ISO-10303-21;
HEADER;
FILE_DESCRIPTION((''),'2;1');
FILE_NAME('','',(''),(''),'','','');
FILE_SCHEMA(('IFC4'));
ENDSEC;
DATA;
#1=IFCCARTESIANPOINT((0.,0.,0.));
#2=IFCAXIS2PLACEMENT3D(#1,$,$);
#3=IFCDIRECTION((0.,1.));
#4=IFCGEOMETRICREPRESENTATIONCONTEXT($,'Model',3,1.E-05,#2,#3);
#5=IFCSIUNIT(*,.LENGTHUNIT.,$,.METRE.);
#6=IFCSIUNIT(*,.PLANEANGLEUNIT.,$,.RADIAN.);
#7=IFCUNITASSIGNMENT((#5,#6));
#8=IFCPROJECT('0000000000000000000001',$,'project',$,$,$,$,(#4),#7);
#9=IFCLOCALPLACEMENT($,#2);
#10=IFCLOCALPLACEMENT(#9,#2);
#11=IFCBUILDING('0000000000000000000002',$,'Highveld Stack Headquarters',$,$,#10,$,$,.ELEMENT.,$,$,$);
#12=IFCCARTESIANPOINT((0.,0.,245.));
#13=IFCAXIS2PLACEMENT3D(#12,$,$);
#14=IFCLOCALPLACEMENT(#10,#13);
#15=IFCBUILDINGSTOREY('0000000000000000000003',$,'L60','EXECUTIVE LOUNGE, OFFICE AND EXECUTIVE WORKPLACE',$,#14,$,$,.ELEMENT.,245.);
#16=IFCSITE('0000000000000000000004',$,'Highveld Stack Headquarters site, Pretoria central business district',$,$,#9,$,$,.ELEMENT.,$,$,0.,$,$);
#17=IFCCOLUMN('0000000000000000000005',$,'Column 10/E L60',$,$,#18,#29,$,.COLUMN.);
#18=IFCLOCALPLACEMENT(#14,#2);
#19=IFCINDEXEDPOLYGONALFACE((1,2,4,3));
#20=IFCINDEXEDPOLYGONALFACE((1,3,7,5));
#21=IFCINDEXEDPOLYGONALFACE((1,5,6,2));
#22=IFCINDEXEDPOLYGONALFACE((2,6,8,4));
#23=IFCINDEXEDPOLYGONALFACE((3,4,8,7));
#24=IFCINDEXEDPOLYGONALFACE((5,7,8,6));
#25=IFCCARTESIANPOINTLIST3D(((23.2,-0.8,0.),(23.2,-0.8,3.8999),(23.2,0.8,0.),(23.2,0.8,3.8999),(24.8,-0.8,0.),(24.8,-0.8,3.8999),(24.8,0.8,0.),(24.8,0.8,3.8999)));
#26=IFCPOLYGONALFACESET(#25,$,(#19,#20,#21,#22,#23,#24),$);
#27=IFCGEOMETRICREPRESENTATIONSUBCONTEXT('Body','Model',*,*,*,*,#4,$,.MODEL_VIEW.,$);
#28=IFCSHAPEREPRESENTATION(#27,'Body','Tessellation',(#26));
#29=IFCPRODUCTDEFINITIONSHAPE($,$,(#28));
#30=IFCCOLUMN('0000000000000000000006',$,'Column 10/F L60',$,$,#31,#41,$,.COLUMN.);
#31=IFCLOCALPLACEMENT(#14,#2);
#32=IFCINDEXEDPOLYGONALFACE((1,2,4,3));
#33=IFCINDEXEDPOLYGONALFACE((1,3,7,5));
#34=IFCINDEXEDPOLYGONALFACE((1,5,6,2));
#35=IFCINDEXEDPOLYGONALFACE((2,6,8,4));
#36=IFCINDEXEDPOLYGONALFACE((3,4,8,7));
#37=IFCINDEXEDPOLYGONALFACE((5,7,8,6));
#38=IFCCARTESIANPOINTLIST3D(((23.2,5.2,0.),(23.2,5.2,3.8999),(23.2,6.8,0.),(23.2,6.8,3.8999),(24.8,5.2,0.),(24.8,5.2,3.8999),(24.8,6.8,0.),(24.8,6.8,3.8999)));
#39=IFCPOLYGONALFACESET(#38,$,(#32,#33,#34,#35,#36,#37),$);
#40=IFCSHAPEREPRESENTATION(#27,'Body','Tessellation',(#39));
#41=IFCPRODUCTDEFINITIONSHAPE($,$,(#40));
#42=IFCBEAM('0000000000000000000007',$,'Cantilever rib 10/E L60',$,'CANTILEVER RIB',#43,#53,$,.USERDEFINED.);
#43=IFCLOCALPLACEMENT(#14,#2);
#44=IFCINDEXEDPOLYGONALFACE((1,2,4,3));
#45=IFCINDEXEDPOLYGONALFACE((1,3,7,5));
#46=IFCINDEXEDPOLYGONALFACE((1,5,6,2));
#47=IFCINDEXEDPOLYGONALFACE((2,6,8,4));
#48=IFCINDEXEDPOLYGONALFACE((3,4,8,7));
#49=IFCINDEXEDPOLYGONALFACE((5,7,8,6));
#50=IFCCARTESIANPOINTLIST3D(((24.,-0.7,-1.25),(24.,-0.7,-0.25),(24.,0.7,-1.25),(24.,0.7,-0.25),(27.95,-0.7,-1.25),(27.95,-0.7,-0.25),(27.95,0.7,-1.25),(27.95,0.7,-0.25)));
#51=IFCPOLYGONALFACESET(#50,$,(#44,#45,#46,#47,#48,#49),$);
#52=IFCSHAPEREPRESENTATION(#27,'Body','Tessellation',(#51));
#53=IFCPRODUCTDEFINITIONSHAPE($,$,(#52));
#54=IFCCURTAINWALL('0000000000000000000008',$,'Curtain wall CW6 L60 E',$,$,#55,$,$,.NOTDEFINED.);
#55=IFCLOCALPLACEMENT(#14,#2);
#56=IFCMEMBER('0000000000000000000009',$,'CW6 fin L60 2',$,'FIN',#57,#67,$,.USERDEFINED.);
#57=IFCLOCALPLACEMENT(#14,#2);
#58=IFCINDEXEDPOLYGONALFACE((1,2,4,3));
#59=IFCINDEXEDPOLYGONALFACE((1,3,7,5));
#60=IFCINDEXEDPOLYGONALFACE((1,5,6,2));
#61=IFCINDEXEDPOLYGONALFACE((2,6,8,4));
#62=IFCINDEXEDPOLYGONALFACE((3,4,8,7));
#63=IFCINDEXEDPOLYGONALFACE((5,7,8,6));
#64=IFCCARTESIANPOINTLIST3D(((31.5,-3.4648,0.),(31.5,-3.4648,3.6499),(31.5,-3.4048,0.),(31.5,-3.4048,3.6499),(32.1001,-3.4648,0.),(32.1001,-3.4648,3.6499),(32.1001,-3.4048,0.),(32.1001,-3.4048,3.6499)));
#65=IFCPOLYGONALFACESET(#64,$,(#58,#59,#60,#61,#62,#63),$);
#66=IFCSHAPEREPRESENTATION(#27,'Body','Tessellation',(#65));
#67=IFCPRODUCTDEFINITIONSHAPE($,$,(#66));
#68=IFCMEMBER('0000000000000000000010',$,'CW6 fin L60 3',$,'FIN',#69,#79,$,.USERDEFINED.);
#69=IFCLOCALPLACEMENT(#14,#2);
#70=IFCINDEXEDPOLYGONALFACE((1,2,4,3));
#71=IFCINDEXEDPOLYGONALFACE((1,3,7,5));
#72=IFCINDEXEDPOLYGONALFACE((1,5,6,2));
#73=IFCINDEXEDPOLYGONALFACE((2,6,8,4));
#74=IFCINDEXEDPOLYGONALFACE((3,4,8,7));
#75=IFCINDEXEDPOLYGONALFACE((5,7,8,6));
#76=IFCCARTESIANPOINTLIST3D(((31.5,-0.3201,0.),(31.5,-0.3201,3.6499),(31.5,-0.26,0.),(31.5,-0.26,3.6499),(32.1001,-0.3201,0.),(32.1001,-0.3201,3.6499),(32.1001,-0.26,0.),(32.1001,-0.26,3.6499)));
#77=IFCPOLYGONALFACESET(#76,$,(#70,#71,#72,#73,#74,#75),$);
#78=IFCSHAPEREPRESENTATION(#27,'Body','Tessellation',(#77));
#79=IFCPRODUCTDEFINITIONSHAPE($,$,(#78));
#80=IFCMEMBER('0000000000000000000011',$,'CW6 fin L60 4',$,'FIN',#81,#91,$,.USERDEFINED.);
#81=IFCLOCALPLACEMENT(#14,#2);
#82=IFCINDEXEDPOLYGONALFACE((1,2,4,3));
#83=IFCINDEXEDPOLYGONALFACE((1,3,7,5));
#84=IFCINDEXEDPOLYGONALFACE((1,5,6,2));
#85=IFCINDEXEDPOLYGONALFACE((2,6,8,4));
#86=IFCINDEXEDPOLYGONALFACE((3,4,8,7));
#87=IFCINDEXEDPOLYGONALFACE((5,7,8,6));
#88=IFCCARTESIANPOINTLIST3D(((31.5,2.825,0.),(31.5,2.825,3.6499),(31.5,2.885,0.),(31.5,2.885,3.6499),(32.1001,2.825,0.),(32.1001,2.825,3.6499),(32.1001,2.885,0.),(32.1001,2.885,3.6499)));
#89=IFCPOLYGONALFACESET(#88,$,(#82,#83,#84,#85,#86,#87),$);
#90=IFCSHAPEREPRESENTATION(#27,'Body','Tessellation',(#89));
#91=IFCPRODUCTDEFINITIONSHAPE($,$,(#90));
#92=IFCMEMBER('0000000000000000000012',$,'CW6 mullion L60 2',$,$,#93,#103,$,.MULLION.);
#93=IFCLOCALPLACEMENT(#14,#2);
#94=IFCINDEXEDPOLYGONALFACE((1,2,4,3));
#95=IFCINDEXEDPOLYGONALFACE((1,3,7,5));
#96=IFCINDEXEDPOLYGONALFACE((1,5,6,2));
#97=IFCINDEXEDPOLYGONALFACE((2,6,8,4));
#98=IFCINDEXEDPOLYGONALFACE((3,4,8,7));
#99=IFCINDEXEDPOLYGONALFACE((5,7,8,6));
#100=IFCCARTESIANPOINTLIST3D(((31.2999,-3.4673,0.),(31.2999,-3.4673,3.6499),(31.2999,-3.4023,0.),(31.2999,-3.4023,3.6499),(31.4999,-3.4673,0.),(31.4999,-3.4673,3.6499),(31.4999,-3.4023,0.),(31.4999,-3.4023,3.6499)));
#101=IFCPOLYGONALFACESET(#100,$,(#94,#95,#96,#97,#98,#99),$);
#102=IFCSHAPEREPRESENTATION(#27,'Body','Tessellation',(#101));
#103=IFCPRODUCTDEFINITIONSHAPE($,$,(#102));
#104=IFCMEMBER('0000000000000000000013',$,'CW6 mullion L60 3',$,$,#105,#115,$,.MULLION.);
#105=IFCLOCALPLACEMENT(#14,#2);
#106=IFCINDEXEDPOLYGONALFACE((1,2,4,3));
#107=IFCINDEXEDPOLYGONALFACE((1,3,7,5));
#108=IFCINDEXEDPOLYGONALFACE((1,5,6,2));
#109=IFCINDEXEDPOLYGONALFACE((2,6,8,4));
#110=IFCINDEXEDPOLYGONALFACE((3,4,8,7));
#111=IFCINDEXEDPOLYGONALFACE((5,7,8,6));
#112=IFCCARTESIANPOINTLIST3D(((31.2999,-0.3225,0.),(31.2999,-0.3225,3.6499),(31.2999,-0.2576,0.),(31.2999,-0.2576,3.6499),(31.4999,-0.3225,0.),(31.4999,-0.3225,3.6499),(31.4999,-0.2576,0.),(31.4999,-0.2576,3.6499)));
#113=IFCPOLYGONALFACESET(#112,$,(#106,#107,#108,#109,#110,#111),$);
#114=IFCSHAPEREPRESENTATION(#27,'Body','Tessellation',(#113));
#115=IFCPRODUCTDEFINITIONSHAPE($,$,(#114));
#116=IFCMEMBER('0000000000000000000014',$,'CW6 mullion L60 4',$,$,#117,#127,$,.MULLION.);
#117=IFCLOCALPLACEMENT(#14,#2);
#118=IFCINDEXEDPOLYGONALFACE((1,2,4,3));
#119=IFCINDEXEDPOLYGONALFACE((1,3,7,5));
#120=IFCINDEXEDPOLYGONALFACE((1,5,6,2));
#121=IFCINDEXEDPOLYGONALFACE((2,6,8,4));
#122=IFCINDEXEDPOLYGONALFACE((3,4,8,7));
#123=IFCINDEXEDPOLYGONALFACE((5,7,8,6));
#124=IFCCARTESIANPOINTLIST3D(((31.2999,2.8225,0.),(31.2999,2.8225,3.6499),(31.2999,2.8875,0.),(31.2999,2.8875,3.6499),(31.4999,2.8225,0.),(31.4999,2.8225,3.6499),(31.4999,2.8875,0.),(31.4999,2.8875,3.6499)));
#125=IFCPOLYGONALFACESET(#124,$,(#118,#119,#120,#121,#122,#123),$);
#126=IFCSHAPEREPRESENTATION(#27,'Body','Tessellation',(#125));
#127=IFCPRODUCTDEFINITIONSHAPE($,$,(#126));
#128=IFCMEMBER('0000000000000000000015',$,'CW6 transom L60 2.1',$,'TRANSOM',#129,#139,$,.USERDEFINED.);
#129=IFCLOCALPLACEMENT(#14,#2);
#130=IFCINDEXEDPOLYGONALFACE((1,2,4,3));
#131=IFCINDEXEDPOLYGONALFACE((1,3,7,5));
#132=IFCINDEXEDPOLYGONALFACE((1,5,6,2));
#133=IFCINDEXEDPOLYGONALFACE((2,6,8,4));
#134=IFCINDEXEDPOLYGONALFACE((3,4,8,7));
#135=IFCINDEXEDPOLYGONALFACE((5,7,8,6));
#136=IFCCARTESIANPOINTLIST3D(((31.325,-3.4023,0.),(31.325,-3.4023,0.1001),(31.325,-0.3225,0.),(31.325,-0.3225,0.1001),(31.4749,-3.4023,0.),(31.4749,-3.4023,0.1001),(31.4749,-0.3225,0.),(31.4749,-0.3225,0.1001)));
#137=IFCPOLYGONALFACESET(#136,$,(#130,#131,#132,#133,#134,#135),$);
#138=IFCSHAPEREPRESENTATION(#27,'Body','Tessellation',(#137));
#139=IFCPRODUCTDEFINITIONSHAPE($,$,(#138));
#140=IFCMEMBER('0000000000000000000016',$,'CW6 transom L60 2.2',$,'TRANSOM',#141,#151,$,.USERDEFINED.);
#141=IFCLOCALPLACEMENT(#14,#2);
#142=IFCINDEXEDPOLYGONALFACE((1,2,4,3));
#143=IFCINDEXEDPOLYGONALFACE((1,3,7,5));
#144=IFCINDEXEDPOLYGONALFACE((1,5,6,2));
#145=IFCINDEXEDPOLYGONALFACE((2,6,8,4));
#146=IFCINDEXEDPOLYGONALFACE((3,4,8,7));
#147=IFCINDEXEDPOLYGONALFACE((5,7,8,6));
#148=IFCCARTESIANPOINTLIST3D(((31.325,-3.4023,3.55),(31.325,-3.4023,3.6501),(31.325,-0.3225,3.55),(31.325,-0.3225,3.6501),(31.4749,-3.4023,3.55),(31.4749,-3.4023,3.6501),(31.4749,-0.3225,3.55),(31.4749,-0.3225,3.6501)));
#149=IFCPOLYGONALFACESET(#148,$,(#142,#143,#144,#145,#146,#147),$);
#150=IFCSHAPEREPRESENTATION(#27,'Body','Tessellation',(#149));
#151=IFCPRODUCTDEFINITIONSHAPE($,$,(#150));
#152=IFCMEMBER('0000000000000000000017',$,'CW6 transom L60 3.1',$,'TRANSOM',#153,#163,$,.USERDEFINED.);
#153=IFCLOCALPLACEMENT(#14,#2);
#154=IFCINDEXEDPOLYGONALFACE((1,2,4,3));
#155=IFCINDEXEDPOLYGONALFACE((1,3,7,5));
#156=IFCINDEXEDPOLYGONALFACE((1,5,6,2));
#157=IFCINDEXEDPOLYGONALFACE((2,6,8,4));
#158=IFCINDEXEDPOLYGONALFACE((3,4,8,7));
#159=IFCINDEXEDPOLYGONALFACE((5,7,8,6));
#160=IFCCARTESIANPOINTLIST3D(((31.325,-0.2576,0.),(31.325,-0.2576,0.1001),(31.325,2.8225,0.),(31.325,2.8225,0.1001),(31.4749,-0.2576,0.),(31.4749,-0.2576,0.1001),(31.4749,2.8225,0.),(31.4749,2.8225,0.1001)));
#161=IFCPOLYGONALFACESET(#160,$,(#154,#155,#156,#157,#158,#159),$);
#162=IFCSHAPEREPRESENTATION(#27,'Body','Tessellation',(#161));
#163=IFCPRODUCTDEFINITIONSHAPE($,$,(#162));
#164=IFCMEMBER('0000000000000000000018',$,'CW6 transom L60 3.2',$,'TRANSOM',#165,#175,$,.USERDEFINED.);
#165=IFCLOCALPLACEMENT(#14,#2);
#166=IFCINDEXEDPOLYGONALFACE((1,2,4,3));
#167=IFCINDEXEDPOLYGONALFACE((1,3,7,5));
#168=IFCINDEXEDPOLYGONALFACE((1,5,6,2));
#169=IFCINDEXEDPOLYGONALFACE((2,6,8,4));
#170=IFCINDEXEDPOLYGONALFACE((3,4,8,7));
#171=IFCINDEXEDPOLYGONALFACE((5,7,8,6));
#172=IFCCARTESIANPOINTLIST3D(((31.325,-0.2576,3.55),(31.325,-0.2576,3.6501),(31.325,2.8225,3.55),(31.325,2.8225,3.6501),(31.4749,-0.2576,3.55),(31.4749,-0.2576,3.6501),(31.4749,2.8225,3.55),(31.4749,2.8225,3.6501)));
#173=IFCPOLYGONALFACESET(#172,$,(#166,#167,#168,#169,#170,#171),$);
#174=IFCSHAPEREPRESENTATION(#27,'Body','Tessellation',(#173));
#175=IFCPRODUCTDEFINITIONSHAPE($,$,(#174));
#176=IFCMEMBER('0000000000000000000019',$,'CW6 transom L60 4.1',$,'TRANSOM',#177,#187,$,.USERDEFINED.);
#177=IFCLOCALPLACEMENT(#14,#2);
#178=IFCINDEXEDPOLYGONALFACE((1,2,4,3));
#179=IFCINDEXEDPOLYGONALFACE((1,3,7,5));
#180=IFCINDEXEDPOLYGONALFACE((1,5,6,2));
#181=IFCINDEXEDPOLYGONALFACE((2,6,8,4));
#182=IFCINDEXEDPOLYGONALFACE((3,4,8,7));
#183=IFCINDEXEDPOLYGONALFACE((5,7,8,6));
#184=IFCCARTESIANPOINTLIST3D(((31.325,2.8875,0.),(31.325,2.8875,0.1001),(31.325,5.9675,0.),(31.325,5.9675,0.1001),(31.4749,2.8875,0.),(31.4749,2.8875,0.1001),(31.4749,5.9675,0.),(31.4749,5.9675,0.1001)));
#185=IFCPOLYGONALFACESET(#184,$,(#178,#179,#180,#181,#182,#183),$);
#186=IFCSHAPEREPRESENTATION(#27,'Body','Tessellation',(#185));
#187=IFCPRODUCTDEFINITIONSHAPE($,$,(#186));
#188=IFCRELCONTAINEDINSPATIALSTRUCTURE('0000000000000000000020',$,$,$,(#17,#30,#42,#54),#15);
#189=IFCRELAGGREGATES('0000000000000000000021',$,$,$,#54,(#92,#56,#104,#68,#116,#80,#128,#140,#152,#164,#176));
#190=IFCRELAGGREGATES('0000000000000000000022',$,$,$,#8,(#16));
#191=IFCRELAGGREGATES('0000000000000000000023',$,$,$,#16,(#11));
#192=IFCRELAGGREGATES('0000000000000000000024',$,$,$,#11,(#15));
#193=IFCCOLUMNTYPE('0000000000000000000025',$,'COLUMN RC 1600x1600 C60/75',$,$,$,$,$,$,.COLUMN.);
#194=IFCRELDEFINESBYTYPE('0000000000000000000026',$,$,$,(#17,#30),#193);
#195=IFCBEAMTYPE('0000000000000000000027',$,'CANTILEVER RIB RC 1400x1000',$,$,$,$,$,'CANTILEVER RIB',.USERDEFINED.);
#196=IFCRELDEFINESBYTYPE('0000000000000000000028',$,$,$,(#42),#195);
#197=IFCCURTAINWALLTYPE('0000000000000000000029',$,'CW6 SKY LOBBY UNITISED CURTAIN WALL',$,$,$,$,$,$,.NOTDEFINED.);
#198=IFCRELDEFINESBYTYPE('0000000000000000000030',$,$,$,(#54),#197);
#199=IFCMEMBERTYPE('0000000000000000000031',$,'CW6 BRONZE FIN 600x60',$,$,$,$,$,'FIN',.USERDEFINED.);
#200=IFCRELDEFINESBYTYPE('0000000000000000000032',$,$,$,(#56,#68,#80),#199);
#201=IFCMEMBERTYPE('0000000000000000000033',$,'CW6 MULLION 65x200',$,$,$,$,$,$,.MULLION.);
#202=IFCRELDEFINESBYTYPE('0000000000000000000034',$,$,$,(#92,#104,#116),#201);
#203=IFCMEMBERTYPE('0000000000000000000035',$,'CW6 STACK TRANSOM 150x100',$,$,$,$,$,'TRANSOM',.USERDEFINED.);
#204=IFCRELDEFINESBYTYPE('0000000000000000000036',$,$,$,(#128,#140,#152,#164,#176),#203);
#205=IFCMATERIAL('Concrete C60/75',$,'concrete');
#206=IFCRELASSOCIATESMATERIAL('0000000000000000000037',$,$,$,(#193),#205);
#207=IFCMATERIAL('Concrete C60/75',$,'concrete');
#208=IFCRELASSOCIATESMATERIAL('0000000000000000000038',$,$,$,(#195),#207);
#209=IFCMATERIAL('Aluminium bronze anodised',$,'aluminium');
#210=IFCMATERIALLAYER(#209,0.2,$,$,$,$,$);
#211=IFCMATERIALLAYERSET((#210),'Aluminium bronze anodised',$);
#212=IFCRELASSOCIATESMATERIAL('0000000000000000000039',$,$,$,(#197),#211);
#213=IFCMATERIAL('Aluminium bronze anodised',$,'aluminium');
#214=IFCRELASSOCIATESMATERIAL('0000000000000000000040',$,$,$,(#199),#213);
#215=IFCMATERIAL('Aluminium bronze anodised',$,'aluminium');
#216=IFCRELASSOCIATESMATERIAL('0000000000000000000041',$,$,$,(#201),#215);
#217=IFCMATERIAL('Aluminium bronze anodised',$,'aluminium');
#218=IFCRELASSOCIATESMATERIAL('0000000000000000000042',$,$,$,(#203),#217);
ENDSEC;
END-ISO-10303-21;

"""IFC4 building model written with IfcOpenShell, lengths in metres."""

from ifc_helpers import new_model, si_unit, direction, frame, origin, origin_2d, place, context, subcontext, project, spatial, rectangle, extrude, material, layer, layer_set, material_profile, profile_set, type_object, element, aggregate, save


model = new_model("IFC4")

# Units and contexts
model_context = context("Model", 3, precision=1e-05, world=origin(), true_north=direction((0.0, 1.0)))
body_context = subcontext(model_context, "Body", "Model", "MODEL_VIEW")
ifc_project = project(units=[si_unit("LENGTHUNIT", "METRE"), si_unit("PLANEANGLEUNIT", "RADIAN")], contexts=[model_context])

# Site, building, storey
site_placement = place(None, origin())
site = spatial("IfcSite", under=ifc_project, at=site_placement, Name="Highveld Stack Headquarters site, Pretoria central business district", CompositionType="ELEMENT", RefElevation=0.0)
building_placement = place(site_placement, origin())
building = spatial("IfcBuilding", under=site, at=building_placement, Name="Highveld Stack Headquarters", CompositionType="ELEMENT")
storey_placement = place(building_placement, frame((0.0, 0.0, 245.0)))
storey = spatial("IfcBuildingStorey", under=building, at=storey_placement, Name="L60", Description="EXECUTIVE LOUNGE, OFFICE AND EXECUTIVE WORKPLACE", CompositionType="ELEMENT", Elevation=245.0)

# Columns
ifc_material_1 = material(Name="Concrete C60/75", Category="concrete")
ifc_material_profile_1 = material_profile(ifc_material_1, rectangle(XDim=1.6001, YDim=1.6001, at=origin_2d()), Name="RC 1600x1600")
ifc_profile_set_1 = profile_set([ifc_material_profile_1], Name="Concrete C60/75")
column_type = type_object("IfcColumnType", Name="COLUMN RC 1600x1600 C60/75", PredefinedType="COLUMN", material=ifc_profile_set_1)
for number, where, z_axis, x_axis, name in (
    (1, (24.0, 0.0, 0.0), (0.0, 0.0, 1.0), (1.0, 0.0, 0.0), "Column 10/E L60"),
    (2, (24.0, 6.0, 0.0), (0.0, 0.0, 1.0), (1.0, 0.0, 0.0), "Column 10/F L60"),
):
    element("IfcColumn", number, at=place(storey_placement, frame(where, z_axis=z_axis, x_axis=x_axis)), inside=storey, type_object=column_type, Name=name, PredefinedType="COLUMN", context=body_context, shape_type="SweptSolid", body=[
        extrude(rectangle(XDim=1.6001, YDim=1.6001, at=origin_2d()), origin(), (0.0, 0.0, 1.0), 3.8999),
    ])

# Beam
ifc_material_2 = material(Name="Concrete C60/75", Category="concrete")
ifc_material_profile_2 = material_profile(ifc_material_2, rectangle(XDim=1.3999, YDim=1.0, at=origin_2d()), Name="RC 1400x1000")
ifc_profile_set_2 = profile_set([ifc_material_profile_2], Name="Concrete C60/75")
beam_type_1 = type_object("IfcBeamType", Name="CANTILEVER RIB RC 1400x1000", ElementType="CANTILEVER RIB", PredefinedType="USERDEFINED", material=ifc_profile_set_2)
beam_1_placement = place(storey_placement, frame((24.0, 0.0, -0.75), z_axis=(1.0, 0.0, 0.0), x_axis=(0.0, 1.0, 0.0)))
element("IfcBeam", 3, at=beam_1_placement, inside=storey, type_object=beam_type_1, Name="Cantilever rib 10/E L60", ObjectType="CANTILEVER RIB", PredefinedType="USERDEFINED", context=body_context, shape_type="SweptSolid", body=[
    extrude(rectangle(XDim=1.3999, YDim=1.0, at=origin_2d()), origin(), (0.0, 0.0, 1.0), 3.95),
])

# Curtain wall, members
ifc_material_3 = material(Name="Aluminium bronze anodised", Category="aluminium")
ifc_layer_1 = layer(ifc_material_3, 0.2)
ifc_layer_set_1 = layer_set([ifc_layer_1], Name="Aluminium bronze anodised")
curtain_wall_type = type_object("IfcCurtainWallType", Name="CW6 SKY LOBBY UNITISED CURTAIN WALL", PredefinedType="NOTDEFINED", material=ifc_layer_set_1)
curtain_wall_placement = place(storey_placement, origin())
curtain_wall = element("IfcCurtainWall", 4, at=curtain_wall_placement, inside=storey, type_object=curtain_wall_type, Name="Curtain wall CW6 L60 E", PredefinedType="NOTDEFINED")
ifc_material_4 = material(Name="Aluminium bronze anodised", Category="aluminium")
ifc_material_profile_3 = material_profile(ifc_material_4, rectangle(XDim=0.6001, YDim=0.0601, at=origin_2d()), Name="FIN 600x60")
ifc_profile_set_3 = profile_set([ifc_material_profile_3], Name="Aluminium bronze anodised")
member_type_1 = type_object("IfcMemberType", Name="CW6 BRONZE FIN 600x60", ElementType="FIN", PredefinedType="USERDEFINED", material=ifc_profile_set_3)
member_1_placement = place(storey_placement, frame((31.8, -3.4348, 0.0), z_axis=(0.0, 0.0, 1.0), x_axis=(-1.0, 0.0, 0.0)))
member_1 = element("IfcMember", 5, at=member_1_placement, type_object=member_type_1, Name="CW6 fin L60 2", ObjectType="FIN", PredefinedType="USERDEFINED", context=body_context, shape_type="SweptSolid", body=[
    extrude(rectangle(XDim=0.6001, YDim=0.0601, at=origin_2d()), origin(), (0.0, 0.0, 1.0), 3.6499),
])
member_2_placement = place(storey_placement, frame((31.8, -0.29, 0.0), z_axis=(0.0, 0.0, 1.0), x_axis=(-1.0, 0.0, 0.0)))
member_2 = element("IfcMember", 6, at=member_2_placement, type_object=member_type_1, Name="CW6 fin L60 3", ObjectType="FIN", PredefinedType="USERDEFINED", context=body_context, shape_type="SweptSolid", body=[
    extrude(rectangle(XDim=0.6001, YDim=0.0601, at=origin_2d()), origin(), (0.0, 0.0, 1.0), 3.6499),
])
member_3_placement = place(storey_placement, frame((31.8, 2.855, 0.0), z_axis=(0.0, 0.0, 1.0), x_axis=(-1.0, 0.0, 0.0)))
member_3 = element("IfcMember", 7, at=member_3_placement, type_object=member_type_1, Name="CW6 fin L60 4", ObjectType="FIN", PredefinedType="USERDEFINED", context=body_context, shape_type="SweptSolid", body=[
    extrude(rectangle(XDim=0.6001, YDim=0.0601, at=origin_2d()), origin(), (0.0, 0.0, 1.0), 3.6499),
])
ifc_material_5 = material(Name="Aluminium bronze anodised", Category="aluminium")
ifc_material_profile_4 = material_profile(ifc_material_5, rectangle(XDim=0.2, YDim=0.0649, at=origin_2d()), Name="CW6 MULLION 65x200")
ifc_profile_set_4 = profile_set([ifc_material_profile_4], Name="Aluminium bronze anodised")
member_type_2 = type_object("IfcMemberType", Name="CW6 MULLION 65x200", PredefinedType="MULLION", material=ifc_profile_set_4)
member_4_placement = place(storey_placement, frame((31.3999, -3.4348, 0.0), z_axis=(0.0, 0.0, 1.0), x_axis=(-1.0, 0.0, 0.0)))
member_4 = element("IfcMember", 8, at=member_4_placement, type_object=member_type_2, Name="CW6 mullion L60 2", PredefinedType="MULLION", context=body_context, shape_type="SweptSolid", body=[
    extrude(rectangle(XDim=0.2, YDim=0.0649, at=origin_2d()), origin(), (0.0, 0.0, 1.0), 3.6499),
])
member_5_placement = place(storey_placement, frame((31.3999, -0.29, 0.0), z_axis=(0.0, 0.0, 1.0), x_axis=(-1.0, 0.0, 0.0)))
member_5 = element("IfcMember", 9, at=member_5_placement, type_object=member_type_2, Name="CW6 mullion L60 3", PredefinedType="MULLION", context=body_context, shape_type="SweptSolid", body=[
    extrude(rectangle(XDim=0.2, YDim=0.0649, at=origin_2d()), origin(), (0.0, 0.0, 1.0), 3.6499),
])
member_6_placement = place(storey_placement, frame((31.3999, 2.855, 0.0), z_axis=(0.0, 0.0, 1.0), x_axis=(-1.0, 0.0, 0.0)))
member_6 = element("IfcMember", 10, at=member_6_placement, type_object=member_type_2, Name="CW6 mullion L60 4", PredefinedType="MULLION", context=body_context, shape_type="SweptSolid", body=[
    extrude(rectangle(XDim=0.2, YDim=0.0649, at=origin_2d()), origin(), (0.0, 0.0, 1.0), 3.6499),
])
ifc_material_6 = material(Name="Aluminium bronze anodised", Category="aluminium")
ifc_material_profile_5 = material_profile(ifc_material_6, rectangle(XDim=0.1499, YDim=0.1001, at=origin_2d()), Name="CW6 TRANSOM 150x100")
ifc_profile_set_5 = profile_set([ifc_material_profile_5], Name="Aluminium bronze anodised")
member_type_3 = type_object("IfcMemberType", Name="CW6 STACK TRANSOM 150x100", ElementType="TRANSOM", PredefinedType="USERDEFINED", material=ifc_profile_set_5)
member_7_placement = place(storey_placement, frame((31.3999, -3.4023, 0.05), z_axis=(0.0, 1.0, 0.0), x_axis=(-1.0, 0.0, 0.0)))
member_7 = element("IfcMember", 11, at=member_7_placement, type_object=member_type_3, Name="CW6 transom L60 2.1", ObjectType="TRANSOM", PredefinedType="USERDEFINED", context=body_context, shape_type="SweptSolid", body=[
    extrude(rectangle(XDim=0.1499, YDim=0.1001, at=origin_2d()), origin(), (0.0, 0.0, 1.0), 3.0798),
])
member_8_placement = place(storey_placement, frame((31.3999, -3.4023, 3.6001), z_axis=(0.0, 1.0, 0.0), x_axis=(-1.0, 0.0, 0.0)))
member_8 = element("IfcMember", 12, at=member_8_placement, type_object=member_type_3, Name="CW6 transom L60 2.2", ObjectType="TRANSOM", PredefinedType="USERDEFINED", context=body_context, shape_type="SweptSolid", body=[
    extrude(rectangle(XDim=0.1499, YDim=0.1001, at=origin_2d()), origin(), (0.0, 0.0, 1.0), 3.0798),
])
member_9_placement = place(storey_placement, frame((31.3999, -0.2576, 0.05), z_axis=(0.0, 1.0, 0.0), x_axis=(-1.0, 0.0, 0.0)))
member_9 = element("IfcMember", 13, at=member_9_placement, type_object=member_type_3, Name="CW6 transom L60 3.1", ObjectType="TRANSOM", PredefinedType="USERDEFINED", context=body_context, shape_type="SweptSolid", body=[
    extrude(rectangle(XDim=0.1499, YDim=0.1001, at=origin_2d()), origin(), (0.0, 0.0, 1.0), 3.0801),
])
member_10_placement = place(storey_placement, frame((31.3999, -0.2576, 3.6001), z_axis=(0.0, 1.0, 0.0), x_axis=(-1.0, 0.0, 0.0)))
member_10 = element("IfcMember", 14, at=member_10_placement, type_object=member_type_3, Name="CW6 transom L60 3.2", ObjectType="TRANSOM", PredefinedType="USERDEFINED", context=body_context, shape_type="SweptSolid", body=[
    extrude(rectangle(XDim=0.1499, YDim=0.1001, at=origin_2d()), origin(), (0.0, 0.0, 1.0), 3.0801),
])
member_11_placement = place(storey_placement, frame((31.3999, 2.8875, 0.05), z_axis=(0.0, 1.0, 0.0), x_axis=(-1.0, 0.0, 0.0)))
member_11 = element("IfcMember", 15, at=member_11_placement, type_object=member_type_3, Name="CW6 transom L60 4.1", ObjectType="TRANSOM", PredefinedType="USERDEFINED", context=body_context, shape_type="SweptSolid", body=[
    extrude(rectangle(XDim=0.1499, YDim=0.1001, at=origin_2d()), origin(), (0.0, 0.0, 1.0), 3.0801),
])

aggregate(curtain_wall, [member_4, member_1, member_5, member_2, member_6, member_3, member_7, member_8, member_9, member_10, member_11])

save(model, "model.ifc")
